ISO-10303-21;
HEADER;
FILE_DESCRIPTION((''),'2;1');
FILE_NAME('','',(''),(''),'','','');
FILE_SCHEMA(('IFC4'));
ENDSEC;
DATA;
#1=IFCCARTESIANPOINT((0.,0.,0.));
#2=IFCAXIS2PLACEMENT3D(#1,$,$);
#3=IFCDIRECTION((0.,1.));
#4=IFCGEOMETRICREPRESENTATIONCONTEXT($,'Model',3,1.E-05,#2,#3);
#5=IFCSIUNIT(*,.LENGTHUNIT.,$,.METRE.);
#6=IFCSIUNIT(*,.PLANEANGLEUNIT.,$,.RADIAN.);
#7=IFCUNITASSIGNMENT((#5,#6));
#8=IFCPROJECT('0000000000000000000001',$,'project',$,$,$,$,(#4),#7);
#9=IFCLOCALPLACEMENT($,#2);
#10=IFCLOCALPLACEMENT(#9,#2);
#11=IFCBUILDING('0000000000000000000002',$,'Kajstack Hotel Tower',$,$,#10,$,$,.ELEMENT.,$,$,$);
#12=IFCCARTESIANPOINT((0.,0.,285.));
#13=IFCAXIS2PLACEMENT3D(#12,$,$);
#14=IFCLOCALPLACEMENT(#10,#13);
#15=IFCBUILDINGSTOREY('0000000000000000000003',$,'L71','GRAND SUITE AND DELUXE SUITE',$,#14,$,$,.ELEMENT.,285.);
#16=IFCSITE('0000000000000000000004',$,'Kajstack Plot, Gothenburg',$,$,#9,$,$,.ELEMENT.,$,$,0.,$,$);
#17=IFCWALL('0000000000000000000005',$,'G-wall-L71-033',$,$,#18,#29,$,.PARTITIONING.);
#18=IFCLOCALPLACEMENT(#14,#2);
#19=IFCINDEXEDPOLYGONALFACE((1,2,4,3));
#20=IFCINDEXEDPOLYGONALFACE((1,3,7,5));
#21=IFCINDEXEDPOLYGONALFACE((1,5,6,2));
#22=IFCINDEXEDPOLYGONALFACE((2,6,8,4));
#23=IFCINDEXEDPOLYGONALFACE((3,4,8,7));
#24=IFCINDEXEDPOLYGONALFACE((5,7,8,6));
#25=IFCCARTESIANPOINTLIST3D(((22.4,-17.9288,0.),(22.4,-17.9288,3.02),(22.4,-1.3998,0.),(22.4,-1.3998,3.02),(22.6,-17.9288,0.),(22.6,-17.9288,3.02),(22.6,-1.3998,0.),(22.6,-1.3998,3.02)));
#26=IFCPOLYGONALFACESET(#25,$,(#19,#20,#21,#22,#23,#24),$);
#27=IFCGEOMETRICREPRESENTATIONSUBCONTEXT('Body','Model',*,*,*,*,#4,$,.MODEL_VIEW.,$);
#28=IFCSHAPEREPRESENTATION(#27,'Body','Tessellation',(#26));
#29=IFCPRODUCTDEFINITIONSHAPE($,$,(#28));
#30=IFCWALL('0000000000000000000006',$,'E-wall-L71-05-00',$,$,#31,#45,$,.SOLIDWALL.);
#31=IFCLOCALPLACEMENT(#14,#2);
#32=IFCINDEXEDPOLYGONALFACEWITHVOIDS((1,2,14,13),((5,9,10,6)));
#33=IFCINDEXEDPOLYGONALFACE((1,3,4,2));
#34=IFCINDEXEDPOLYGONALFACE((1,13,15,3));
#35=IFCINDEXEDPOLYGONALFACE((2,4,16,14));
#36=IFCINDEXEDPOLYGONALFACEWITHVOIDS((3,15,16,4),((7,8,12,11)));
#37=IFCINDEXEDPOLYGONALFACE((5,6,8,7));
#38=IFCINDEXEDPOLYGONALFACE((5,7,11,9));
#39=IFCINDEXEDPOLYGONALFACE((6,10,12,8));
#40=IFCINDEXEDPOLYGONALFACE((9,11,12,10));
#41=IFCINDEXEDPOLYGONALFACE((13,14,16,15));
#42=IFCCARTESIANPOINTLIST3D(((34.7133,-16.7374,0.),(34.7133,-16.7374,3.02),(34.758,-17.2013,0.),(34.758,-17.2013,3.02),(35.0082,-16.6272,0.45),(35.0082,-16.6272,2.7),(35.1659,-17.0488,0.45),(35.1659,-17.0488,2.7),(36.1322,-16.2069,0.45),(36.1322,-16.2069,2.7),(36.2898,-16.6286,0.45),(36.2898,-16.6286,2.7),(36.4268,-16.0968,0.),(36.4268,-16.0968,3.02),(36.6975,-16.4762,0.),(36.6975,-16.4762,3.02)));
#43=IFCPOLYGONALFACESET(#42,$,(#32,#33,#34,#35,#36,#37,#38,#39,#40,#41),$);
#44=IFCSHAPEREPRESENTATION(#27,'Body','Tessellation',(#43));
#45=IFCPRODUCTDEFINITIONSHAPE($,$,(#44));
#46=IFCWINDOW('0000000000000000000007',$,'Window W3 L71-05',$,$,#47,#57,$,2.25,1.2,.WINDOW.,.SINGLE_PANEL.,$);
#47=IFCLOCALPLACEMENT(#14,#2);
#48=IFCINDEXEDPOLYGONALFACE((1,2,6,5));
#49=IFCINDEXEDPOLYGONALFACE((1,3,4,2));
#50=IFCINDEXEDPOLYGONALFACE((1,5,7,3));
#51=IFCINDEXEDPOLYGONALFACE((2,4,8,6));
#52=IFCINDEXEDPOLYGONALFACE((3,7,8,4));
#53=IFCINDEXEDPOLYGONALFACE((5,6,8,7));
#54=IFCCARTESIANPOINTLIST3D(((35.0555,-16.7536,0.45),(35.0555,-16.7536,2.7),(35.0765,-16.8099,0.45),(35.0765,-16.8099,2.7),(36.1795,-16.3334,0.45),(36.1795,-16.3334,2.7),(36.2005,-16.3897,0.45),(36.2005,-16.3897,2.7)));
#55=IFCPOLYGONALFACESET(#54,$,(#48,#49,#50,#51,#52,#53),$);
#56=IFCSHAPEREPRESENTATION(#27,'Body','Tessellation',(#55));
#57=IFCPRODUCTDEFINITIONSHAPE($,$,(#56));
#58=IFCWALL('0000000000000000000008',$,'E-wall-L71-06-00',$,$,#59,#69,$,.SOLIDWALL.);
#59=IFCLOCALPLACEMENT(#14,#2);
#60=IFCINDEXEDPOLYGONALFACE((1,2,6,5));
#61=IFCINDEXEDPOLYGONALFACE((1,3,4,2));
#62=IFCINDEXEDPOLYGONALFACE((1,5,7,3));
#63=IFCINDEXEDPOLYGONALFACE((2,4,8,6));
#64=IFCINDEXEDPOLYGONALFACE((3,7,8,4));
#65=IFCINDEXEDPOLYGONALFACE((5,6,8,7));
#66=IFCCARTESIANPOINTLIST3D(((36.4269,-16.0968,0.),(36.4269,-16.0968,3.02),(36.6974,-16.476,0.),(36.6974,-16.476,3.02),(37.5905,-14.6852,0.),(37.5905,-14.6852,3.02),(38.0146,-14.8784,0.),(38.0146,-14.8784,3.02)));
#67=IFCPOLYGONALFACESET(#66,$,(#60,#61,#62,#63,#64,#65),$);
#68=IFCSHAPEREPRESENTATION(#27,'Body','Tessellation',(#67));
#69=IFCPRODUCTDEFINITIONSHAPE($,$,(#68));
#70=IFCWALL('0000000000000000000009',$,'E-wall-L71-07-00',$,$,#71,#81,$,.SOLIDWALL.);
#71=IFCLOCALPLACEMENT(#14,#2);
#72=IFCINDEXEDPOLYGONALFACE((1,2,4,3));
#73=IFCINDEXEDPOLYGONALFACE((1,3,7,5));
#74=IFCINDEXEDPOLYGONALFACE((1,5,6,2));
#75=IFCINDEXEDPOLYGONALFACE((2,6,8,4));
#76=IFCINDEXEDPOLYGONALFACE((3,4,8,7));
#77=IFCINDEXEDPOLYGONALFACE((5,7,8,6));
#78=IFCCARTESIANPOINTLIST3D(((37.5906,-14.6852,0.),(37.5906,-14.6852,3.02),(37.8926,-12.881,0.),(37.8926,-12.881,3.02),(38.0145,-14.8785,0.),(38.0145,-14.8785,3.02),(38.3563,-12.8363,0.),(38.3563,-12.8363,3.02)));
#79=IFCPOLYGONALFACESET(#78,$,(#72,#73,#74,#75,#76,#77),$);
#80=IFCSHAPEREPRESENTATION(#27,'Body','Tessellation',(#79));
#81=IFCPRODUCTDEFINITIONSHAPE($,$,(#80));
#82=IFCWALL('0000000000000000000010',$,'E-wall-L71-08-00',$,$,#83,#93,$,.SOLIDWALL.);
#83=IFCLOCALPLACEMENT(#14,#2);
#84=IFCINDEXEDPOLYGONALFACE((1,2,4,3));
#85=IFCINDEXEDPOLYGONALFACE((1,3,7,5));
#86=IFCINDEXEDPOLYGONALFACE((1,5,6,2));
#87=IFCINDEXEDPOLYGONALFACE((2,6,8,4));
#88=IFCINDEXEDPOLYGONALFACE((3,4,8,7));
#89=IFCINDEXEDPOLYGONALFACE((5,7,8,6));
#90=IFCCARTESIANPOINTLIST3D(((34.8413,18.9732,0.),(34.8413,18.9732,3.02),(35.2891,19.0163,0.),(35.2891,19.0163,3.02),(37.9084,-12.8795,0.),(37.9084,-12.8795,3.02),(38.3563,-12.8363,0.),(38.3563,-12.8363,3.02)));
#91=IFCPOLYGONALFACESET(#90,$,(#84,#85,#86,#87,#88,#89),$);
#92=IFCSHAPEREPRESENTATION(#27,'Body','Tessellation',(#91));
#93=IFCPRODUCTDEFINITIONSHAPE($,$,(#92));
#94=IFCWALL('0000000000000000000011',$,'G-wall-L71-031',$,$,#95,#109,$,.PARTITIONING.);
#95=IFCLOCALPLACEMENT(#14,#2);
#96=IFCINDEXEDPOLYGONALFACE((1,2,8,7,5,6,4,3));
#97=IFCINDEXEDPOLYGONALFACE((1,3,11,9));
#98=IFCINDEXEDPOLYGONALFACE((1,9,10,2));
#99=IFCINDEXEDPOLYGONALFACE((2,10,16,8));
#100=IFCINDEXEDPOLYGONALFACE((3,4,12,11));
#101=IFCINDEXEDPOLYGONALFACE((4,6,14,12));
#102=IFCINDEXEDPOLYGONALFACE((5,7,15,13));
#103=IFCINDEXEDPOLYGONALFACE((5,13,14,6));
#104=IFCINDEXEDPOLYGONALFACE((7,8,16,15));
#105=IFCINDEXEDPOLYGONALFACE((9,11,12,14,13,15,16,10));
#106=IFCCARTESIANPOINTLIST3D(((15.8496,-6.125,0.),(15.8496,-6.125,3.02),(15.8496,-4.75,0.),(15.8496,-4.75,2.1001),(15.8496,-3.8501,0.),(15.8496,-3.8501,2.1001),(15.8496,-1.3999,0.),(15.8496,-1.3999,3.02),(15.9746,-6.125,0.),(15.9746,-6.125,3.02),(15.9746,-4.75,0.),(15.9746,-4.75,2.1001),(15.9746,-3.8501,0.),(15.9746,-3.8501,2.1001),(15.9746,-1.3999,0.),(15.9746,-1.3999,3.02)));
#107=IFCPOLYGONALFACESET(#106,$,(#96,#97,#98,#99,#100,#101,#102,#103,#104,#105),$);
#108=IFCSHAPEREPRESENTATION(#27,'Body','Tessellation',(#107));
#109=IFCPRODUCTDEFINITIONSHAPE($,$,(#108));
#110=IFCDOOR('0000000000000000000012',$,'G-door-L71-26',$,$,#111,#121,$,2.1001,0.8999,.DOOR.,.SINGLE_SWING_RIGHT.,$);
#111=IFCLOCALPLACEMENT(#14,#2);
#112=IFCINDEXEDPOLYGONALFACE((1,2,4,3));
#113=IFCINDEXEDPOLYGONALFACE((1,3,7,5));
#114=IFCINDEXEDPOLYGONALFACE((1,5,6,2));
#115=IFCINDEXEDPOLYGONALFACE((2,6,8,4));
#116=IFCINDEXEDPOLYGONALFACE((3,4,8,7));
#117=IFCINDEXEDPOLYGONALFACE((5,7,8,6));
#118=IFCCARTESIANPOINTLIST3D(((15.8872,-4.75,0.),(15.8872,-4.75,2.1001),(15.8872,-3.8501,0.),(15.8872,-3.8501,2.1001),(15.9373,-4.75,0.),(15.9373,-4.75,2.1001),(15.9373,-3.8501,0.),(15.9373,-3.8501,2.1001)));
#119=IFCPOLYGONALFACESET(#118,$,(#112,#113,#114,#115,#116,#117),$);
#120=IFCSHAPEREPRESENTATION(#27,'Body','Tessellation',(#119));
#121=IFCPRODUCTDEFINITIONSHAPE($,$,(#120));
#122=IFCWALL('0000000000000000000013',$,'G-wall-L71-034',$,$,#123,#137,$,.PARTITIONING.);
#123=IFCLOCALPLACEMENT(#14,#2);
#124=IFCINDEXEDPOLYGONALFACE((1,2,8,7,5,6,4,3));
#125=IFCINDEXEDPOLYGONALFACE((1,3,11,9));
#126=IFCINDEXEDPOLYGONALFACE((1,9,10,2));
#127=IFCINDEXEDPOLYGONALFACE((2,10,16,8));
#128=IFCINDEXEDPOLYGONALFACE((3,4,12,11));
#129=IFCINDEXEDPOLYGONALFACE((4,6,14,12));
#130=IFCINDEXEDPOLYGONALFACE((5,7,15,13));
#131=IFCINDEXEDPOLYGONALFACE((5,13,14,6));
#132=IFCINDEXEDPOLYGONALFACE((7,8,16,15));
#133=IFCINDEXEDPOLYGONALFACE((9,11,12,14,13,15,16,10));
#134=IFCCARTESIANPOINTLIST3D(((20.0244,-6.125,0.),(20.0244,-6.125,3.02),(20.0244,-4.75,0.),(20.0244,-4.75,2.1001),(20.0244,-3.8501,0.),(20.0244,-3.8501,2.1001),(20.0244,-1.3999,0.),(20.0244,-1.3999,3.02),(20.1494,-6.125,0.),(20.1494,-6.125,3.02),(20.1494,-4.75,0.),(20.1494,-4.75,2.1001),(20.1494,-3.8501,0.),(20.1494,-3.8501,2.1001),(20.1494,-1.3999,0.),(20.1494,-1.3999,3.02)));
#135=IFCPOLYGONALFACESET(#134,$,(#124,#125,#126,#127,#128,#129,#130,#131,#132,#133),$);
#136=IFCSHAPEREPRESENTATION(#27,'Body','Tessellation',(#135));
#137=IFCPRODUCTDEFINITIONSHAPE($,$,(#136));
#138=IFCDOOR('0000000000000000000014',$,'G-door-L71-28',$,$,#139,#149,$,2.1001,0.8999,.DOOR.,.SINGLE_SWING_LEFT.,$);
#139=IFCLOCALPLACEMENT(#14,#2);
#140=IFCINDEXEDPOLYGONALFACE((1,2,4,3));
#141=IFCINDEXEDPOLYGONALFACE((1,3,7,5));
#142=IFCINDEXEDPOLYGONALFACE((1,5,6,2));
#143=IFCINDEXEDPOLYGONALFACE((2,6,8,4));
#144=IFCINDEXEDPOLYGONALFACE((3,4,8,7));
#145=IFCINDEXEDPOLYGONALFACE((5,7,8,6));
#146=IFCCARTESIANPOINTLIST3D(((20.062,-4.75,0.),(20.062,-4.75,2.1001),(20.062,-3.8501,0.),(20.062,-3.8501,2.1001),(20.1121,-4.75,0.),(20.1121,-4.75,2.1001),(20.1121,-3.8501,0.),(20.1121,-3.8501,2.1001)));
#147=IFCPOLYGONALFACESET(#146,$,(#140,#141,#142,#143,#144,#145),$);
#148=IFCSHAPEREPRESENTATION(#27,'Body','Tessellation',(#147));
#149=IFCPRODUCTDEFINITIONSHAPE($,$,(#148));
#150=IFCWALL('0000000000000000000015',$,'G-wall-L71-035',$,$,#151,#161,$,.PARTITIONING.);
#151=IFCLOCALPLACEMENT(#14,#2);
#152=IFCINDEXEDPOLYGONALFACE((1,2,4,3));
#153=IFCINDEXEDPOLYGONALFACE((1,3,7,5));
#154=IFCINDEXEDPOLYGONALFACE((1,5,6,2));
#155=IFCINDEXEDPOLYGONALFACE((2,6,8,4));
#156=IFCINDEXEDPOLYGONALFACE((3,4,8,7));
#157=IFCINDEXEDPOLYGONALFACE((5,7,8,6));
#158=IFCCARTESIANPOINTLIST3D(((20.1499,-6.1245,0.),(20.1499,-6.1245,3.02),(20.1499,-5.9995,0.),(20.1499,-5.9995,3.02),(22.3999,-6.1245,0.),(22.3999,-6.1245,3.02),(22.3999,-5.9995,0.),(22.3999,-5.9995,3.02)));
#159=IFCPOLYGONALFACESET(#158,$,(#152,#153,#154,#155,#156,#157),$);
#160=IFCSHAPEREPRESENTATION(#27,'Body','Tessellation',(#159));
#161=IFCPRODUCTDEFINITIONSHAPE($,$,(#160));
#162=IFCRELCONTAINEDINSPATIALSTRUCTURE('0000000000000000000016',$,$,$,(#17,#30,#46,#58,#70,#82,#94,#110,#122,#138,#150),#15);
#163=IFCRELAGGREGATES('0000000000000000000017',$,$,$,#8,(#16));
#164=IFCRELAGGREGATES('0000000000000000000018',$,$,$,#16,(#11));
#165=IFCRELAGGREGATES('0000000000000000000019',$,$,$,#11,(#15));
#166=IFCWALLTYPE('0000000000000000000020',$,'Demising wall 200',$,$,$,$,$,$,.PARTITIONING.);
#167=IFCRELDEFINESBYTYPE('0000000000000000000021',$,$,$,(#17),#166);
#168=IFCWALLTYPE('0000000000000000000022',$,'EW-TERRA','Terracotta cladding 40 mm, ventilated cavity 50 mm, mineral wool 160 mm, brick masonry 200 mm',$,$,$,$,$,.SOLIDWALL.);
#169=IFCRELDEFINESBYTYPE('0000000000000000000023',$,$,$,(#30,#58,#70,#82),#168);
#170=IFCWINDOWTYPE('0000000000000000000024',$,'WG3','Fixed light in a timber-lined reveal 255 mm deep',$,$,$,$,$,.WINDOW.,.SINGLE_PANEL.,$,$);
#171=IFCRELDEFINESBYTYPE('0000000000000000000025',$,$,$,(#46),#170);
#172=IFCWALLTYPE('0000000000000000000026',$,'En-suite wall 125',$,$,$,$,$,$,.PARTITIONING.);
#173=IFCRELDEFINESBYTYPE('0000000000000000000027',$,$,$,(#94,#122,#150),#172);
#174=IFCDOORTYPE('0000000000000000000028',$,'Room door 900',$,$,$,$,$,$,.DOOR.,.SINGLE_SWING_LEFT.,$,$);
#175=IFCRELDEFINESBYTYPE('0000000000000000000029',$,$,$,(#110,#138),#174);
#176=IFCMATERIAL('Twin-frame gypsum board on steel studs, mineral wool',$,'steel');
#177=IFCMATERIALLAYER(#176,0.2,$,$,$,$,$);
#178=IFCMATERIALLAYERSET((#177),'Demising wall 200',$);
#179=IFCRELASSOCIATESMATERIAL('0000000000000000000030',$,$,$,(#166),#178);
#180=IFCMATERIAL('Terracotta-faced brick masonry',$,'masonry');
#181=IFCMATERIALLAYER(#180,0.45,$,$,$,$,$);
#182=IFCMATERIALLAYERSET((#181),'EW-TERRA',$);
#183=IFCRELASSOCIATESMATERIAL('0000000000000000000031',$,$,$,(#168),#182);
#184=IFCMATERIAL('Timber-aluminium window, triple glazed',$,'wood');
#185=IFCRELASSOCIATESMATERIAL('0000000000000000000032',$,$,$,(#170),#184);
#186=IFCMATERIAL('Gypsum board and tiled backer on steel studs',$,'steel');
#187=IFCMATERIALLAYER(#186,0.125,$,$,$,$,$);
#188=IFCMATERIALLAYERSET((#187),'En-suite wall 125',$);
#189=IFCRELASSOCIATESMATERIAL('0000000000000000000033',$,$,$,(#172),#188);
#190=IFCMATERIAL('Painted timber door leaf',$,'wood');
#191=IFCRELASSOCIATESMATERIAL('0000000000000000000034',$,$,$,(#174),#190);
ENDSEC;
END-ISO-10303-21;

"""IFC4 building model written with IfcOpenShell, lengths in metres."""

from ifc_helpers import new_model, si_unit, direction, frame, frame_2d, origin, place, context, subcontext, project, spatial, polyline, rectangle, outline, extrude, material, layer, layer_set, type_object, element, fill, save


model = new_model("IFC4")

# Units and contexts
model_context = context("Model", 3, precision=1e-05, world=origin(), true_north=direction((0.0, 1.0)))
body_context = subcontext(model_context, "Body", "Model", "MODEL_VIEW")
ifc_project = project(units=[si_unit("LENGTHUNIT", "METRE"), si_unit("PLANEANGLEUNIT", "RADIAN")], contexts=[model_context])

# Site, building, storey
site_placement = place(None, origin())
site = spatial("IfcSite", under=ifc_project, at=site_placement, Name="Kajstack Plot, Gothenburg", CompositionType="ELEMENT", RefElevation=0.0)
building_placement = place(site_placement, origin())
building = spatial("IfcBuilding", under=site, at=building_placement, Name="Kajstack Hotel Tower", CompositionType="ELEMENT")
storey_placement = place(building_placement, frame((0.0, 0.0, 285.0)))
storey = spatial("IfcBuildingStorey", under=building, at=storey_placement, Name="L71", Description="GRAND SUITE AND DELUXE SUITE", CompositionType="ELEMENT", Elevation=285.0)

# Wall
ifc_material_1 = material(Name="Twin-frame gypsum board on steel studs, mineral wool", Category="steel")
ifc_layer_1 = layer(ifc_material_1, 0.2)
ifc_layer_set_1 = layer_set([ifc_layer_1], Name="Demising wall 200")
wall_type_1 = type_object("IfcWallType", Name="Demising wall 200", PredefinedType="PARTITIONING", material=ifc_layer_set_1)
wall_1_placement = place(storey_placement, frame((22.5, -17.929, 0.0), z_axis=(0.0, 0.0, 1.0), x_axis=(0.0, 1.0, 0.0)))
element("IfcWall", 1, at=wall_1_placement, inside=storey, type_object=wall_type_1, Name="G-wall-L71-033", PredefinedType="PARTITIONING", context=body_context, shape_type="SweptSolid", body=[
    extrude(rectangle(XDim=16.5291, YDim=0.2, at=frame_2d((8.2646, 0.0))), origin(), (0.0, 0.0, 1.0), 3.02),
])

# Wall, opening, window
ifc_material_2 = material(Name="Terracotta-faced brick masonry", Category="masonry")
ifc_layer_2 = layer(ifc_material_2, 0.45)
ifc_layer_set_2 = layer_set([ifc_layer_2], Name="EW-TERRA")
wall_type_2 = type_object("IfcWallType", Name="EW-TERRA", Description="Terracotta cladding 40 mm, ventilated cavity 50 mm, mineral wool 160 mm, brick masonry 200 mm", PredefinedType="SOLIDWALL", material=ifc_layer_set_2)
wall_2_placement = place(storey_placement, frame((34.6792, -16.9905, 0.0), z_axis=(0.0, 0.0, 1.0), x_axis=(0.936678, 0.350193, 0.0)))
wall_2 = element("IfcWall", 2, at=wall_2_placement, inside=storey, type_object=wall_type_2, Name="E-wall-L71-05-00", PredefinedType="SOLIDWALL", context=body_context, shape_type="SweptSolid", body=[
    extrude(outline(polyline([(0.0, -0.2251), (2.0706, -0.2251), (1.95, 0.2251), (0.1206, 0.2251), (0.0, -0.2251)])), origin(), (0.0, 0.0, 1.0), 3.02),
])
opening_1_placement = place(wall_2_placement, frame((0.4353, 0.0, 0.45)))
opening_1 = element("IfcOpeningElement", 3, at=opening_1_placement, cuts=wall_2, PredefinedType="OPENING", context=body_context, shape_type="SweptSolid", body=[
    extrude(rectangle(XDim=1.2, YDim=2.25, at=frame_2d((0.6001, 1.125))), frame((0.0, 0.2349, 0.0), z_axis=(0.0, -1.0, 0.0), x_axis=(1.0, 0.0, 0.0)), (0.0, 0.0, 1.0), 0.47),
])
ifc_material_3 = material(Name="Timber-aluminium window, triple glazed", Category="wood")
window_type = type_object("IfcWindowType", Name="WG3", Description="Fixed light in a timber-lined reveal 255 mm deep", PartitioningType="SINGLE_PANEL", PredefinedType="WINDOW", material=ifc_material_3)
window_placement = place(opening_1_placement, origin())
window = element("IfcWindow", 4, at=window_placement, inside=storey, type_object=window_type, Name="Window W3 L71-05", OverallHeight=2.25, OverallWidth=1.2, PartitioningType="SINGLE_PANEL", PredefinedType="WINDOW", context=body_context, shape_type="SweptSolid", body=[
    extrude(rectangle(XDim=1.2, YDim=2.25, at=frame_2d((0.6001, 1.125))), frame((0.0, 0.0901, 0.0), z_axis=(0.0, -1.0, 0.0), x_axis=(1.0, 0.0, 0.0)), (0.0, 0.0, 1.0), 0.0601),
])
fill(opening_1, window)

# Walls
wall_3_placement = place(storey_placement, frame((36.5239, -16.333, 0.0), z_axis=(0.0, 0.0, 1.0), x_axis=(0.636046, 0.771651, 0.0)))
element("IfcWall", 5, at=wall_3_placement, inside=storey, type_object=wall_type_2, Name="E-wall-L71-06-00", PredefinedType="SOLIDWALL", context=body_context, shape_type="SweptSolid", body=[
    extrude(outline(polyline([(0.0, -0.2249), (2.0706, -0.2251), (1.95, 0.2251), (0.1206, 0.2251), (0.0, -0.2249)])), origin(), (0.0, 0.0, 1.0), 3.02),
])
wall_4_placement = place(storey_placement, frame((37.7925, -14.8413, 0.0), z_axis=(0.0, 0.0, 1.0), x_axis=(0.165068, 0.986282, 0.0)))
element("IfcWall", 6, at=wall_4_placement, inside=storey, type_object=wall_type_2, Name="E-wall-L71-07-00", PredefinedType="SOLIDWALL", context=body_context, shape_type="SweptSolid", body=[
    extrude(outline(polyline([(0.0, -0.2251), (2.0706, -0.2251), (1.95, 0.2249), (0.1206, 0.2249), (0.0, -0.2251)])), origin(), (0.0, 0.0, 1.0), 3.02),
])
wall_5_placement = place(storey_placement, frame((38.1323, -12.8579, 0.0), z_axis=(0.0, 0.0, 1.0), x_axis=(-0.095848, 0.995396, 0.0)))
element("IfcWall", 7, at=wall_5_placement, inside=storey, type_object=wall_type_2, Name="E-wall-L71-08-00", PredefinedType="SOLIDWALL", context=body_context, shape_type="SweptSolid", body=[
    extrude(rectangle(XDim=32.0, YDim=0.45, at=frame_2d((16.0, 0.0))), origin(), (0.0, 0.0, 1.0), 3.02),
])

# Walls, openings, doors
ifc_material_4 = material(Name="Gypsum board and tiled backer on steel studs", Category="steel")
ifc_layer_3 = layer(ifc_material_4, 0.125)
ifc_layer_set_3 = layer_set([ifc_layer_3], Name="En-suite wall 125")
wall_type_3 = type_object("IfcWallType", Name="En-suite wall 125", PredefinedType="PARTITIONING", material=ifc_layer_set_3)
wall_6_placement = place(storey_placement, frame((15.9121, -6.125, 0.0), z_axis=(0.0, 0.0, 1.0), x_axis=(0.0, 1.0, 0.0)))
wall_6 = element("IfcWall", 8, at=wall_6_placement, inside=storey, type_object=wall_type_3, Name="G-wall-L71-031", PredefinedType="PARTITIONING", context=body_context, shape_type="SweptSolid", body=[
    extrude(rectangle(XDim=4.7251, YDim=0.125, at=frame_2d((2.3625, 0.0))), origin(), (0.0, 0.0, 1.0), 3.02),
])
opening_2_placement = place(wall_6_placement, frame((1.375, 0.0, 0.0)))
opening_2 = element("IfcOpeningElement", 9, at=opening_2_placement, cuts=wall_6, PredefinedType="OPENING", context=body_context, shape_type="SweptSolid", body=[
    extrude(rectangle(XDim=0.8999, YDim=2.1001, at=frame_2d((0.45, 1.05))), frame((0.0, 0.0725, 0.0), z_axis=(0.0, -1.0, 0.0), x_axis=(1.0, 0.0, 0.0)), (0.0, 0.0, 1.0), 0.145),
])
ifc_material_5 = material(Name="Painted timber door leaf", Category="wood")
door_type_1 = type_object("IfcDoorType", Name="Room door 900", OperationType="SINGLE_SWING_LEFT", PredefinedType="DOOR", material=ifc_material_5)
door_1_placement = place(opening_2_placement, origin())
door_1 = element("IfcDoor", 10, at=door_1_placement, inside=storey, type_object=door_type_1, Name="G-door-L71-26", OperationType="SINGLE_SWING_RIGHT", OverallHeight=2.1001, OverallWidth=0.8999, PredefinedType="DOOR", context=body_context, shape_type="SweptSolid", body=[
    extrude(rectangle(XDim=0.8999, YDim=2.1001, at=frame_2d((0.45, 1.05))), frame((0.0, 0.0249, 0.0), z_axis=(0.0, -1.0, 0.0), x_axis=(1.0, 0.0, 0.0)), (0.0, 0.0, 1.0), 0.05),
])
fill(opening_2, door_1)
wall_7_placement = place(storey_placement, frame((20.0869, -6.125, 0.0), z_axis=(0.0, 0.0, 1.0), x_axis=(0.0, 1.0, 0.0)))
wall_7 = element("IfcWall", 11, at=wall_7_placement, inside=storey, type_object=wall_type_3, Name="G-wall-L71-034", PredefinedType="PARTITIONING", context=body_context, shape_type="SweptSolid", body=[
    extrude(rectangle(XDim=4.7251, YDim=0.125, at=frame_2d((2.3625, 0.0))), origin(), (0.0, 0.0, 1.0), 3.02),
])
opening_3_placement = place(wall_7_placement, frame((1.375, 0.0, 0.0)))
opening_3 = element("IfcOpeningElement", 12, at=opening_3_placement, cuts=wall_7, PredefinedType="OPENING", context=body_context, shape_type="SweptSolid", body=[
    extrude(rectangle(XDim=0.8999, YDim=2.1001, at=frame_2d((0.45, 1.05))), frame((0.0, 0.0725, 0.0), z_axis=(0.0, -1.0, 0.0), x_axis=(1.0, 0.0, 0.0)), (0.0, 0.0, 1.0), 0.145),
])
door_2_placement = place(opening_3_placement, origin())
door_2 = element("IfcDoor", 13, at=door_2_placement, inside=storey, type_object=door_type_1, Name="G-door-L71-28", OperationType="SINGLE_SWING_LEFT", OverallHeight=2.1001, OverallWidth=0.8999, PredefinedType="DOOR", context=body_context, shape_type="SweptSolid", body=[
    extrude(rectangle(XDim=0.8999, YDim=2.1001, at=frame_2d((0.45, 1.05))), frame((0.0, 0.0249, 0.0), z_axis=(0.0, -1.0, 0.0), x_axis=(1.0, 0.0, 0.0)), (0.0, 0.0, 1.0), 0.05),
])
fill(opening_3, door_2)

# Wall
wall_8_placement = place(storey_placement, frame((20.1499, -6.062, 0.0), z_axis=(0.0, 0.0, 1.0), x_axis=(1.0, 0.0, 0.0)))
element("IfcWall", 14, at=wall_8_placement, inside=storey, type_object=wall_type_3, Name="G-wall-L71-035", PredefinedType="PARTITIONING", context=body_context, shape_type="SweptSolid", body=[
    extrude(rectangle(XDim=2.25, YDim=0.125, at=frame_2d((1.125, 0.0))), origin(), (0.0, 0.0, 1.0), 3.02),
])

save(model, "model.ifc")
